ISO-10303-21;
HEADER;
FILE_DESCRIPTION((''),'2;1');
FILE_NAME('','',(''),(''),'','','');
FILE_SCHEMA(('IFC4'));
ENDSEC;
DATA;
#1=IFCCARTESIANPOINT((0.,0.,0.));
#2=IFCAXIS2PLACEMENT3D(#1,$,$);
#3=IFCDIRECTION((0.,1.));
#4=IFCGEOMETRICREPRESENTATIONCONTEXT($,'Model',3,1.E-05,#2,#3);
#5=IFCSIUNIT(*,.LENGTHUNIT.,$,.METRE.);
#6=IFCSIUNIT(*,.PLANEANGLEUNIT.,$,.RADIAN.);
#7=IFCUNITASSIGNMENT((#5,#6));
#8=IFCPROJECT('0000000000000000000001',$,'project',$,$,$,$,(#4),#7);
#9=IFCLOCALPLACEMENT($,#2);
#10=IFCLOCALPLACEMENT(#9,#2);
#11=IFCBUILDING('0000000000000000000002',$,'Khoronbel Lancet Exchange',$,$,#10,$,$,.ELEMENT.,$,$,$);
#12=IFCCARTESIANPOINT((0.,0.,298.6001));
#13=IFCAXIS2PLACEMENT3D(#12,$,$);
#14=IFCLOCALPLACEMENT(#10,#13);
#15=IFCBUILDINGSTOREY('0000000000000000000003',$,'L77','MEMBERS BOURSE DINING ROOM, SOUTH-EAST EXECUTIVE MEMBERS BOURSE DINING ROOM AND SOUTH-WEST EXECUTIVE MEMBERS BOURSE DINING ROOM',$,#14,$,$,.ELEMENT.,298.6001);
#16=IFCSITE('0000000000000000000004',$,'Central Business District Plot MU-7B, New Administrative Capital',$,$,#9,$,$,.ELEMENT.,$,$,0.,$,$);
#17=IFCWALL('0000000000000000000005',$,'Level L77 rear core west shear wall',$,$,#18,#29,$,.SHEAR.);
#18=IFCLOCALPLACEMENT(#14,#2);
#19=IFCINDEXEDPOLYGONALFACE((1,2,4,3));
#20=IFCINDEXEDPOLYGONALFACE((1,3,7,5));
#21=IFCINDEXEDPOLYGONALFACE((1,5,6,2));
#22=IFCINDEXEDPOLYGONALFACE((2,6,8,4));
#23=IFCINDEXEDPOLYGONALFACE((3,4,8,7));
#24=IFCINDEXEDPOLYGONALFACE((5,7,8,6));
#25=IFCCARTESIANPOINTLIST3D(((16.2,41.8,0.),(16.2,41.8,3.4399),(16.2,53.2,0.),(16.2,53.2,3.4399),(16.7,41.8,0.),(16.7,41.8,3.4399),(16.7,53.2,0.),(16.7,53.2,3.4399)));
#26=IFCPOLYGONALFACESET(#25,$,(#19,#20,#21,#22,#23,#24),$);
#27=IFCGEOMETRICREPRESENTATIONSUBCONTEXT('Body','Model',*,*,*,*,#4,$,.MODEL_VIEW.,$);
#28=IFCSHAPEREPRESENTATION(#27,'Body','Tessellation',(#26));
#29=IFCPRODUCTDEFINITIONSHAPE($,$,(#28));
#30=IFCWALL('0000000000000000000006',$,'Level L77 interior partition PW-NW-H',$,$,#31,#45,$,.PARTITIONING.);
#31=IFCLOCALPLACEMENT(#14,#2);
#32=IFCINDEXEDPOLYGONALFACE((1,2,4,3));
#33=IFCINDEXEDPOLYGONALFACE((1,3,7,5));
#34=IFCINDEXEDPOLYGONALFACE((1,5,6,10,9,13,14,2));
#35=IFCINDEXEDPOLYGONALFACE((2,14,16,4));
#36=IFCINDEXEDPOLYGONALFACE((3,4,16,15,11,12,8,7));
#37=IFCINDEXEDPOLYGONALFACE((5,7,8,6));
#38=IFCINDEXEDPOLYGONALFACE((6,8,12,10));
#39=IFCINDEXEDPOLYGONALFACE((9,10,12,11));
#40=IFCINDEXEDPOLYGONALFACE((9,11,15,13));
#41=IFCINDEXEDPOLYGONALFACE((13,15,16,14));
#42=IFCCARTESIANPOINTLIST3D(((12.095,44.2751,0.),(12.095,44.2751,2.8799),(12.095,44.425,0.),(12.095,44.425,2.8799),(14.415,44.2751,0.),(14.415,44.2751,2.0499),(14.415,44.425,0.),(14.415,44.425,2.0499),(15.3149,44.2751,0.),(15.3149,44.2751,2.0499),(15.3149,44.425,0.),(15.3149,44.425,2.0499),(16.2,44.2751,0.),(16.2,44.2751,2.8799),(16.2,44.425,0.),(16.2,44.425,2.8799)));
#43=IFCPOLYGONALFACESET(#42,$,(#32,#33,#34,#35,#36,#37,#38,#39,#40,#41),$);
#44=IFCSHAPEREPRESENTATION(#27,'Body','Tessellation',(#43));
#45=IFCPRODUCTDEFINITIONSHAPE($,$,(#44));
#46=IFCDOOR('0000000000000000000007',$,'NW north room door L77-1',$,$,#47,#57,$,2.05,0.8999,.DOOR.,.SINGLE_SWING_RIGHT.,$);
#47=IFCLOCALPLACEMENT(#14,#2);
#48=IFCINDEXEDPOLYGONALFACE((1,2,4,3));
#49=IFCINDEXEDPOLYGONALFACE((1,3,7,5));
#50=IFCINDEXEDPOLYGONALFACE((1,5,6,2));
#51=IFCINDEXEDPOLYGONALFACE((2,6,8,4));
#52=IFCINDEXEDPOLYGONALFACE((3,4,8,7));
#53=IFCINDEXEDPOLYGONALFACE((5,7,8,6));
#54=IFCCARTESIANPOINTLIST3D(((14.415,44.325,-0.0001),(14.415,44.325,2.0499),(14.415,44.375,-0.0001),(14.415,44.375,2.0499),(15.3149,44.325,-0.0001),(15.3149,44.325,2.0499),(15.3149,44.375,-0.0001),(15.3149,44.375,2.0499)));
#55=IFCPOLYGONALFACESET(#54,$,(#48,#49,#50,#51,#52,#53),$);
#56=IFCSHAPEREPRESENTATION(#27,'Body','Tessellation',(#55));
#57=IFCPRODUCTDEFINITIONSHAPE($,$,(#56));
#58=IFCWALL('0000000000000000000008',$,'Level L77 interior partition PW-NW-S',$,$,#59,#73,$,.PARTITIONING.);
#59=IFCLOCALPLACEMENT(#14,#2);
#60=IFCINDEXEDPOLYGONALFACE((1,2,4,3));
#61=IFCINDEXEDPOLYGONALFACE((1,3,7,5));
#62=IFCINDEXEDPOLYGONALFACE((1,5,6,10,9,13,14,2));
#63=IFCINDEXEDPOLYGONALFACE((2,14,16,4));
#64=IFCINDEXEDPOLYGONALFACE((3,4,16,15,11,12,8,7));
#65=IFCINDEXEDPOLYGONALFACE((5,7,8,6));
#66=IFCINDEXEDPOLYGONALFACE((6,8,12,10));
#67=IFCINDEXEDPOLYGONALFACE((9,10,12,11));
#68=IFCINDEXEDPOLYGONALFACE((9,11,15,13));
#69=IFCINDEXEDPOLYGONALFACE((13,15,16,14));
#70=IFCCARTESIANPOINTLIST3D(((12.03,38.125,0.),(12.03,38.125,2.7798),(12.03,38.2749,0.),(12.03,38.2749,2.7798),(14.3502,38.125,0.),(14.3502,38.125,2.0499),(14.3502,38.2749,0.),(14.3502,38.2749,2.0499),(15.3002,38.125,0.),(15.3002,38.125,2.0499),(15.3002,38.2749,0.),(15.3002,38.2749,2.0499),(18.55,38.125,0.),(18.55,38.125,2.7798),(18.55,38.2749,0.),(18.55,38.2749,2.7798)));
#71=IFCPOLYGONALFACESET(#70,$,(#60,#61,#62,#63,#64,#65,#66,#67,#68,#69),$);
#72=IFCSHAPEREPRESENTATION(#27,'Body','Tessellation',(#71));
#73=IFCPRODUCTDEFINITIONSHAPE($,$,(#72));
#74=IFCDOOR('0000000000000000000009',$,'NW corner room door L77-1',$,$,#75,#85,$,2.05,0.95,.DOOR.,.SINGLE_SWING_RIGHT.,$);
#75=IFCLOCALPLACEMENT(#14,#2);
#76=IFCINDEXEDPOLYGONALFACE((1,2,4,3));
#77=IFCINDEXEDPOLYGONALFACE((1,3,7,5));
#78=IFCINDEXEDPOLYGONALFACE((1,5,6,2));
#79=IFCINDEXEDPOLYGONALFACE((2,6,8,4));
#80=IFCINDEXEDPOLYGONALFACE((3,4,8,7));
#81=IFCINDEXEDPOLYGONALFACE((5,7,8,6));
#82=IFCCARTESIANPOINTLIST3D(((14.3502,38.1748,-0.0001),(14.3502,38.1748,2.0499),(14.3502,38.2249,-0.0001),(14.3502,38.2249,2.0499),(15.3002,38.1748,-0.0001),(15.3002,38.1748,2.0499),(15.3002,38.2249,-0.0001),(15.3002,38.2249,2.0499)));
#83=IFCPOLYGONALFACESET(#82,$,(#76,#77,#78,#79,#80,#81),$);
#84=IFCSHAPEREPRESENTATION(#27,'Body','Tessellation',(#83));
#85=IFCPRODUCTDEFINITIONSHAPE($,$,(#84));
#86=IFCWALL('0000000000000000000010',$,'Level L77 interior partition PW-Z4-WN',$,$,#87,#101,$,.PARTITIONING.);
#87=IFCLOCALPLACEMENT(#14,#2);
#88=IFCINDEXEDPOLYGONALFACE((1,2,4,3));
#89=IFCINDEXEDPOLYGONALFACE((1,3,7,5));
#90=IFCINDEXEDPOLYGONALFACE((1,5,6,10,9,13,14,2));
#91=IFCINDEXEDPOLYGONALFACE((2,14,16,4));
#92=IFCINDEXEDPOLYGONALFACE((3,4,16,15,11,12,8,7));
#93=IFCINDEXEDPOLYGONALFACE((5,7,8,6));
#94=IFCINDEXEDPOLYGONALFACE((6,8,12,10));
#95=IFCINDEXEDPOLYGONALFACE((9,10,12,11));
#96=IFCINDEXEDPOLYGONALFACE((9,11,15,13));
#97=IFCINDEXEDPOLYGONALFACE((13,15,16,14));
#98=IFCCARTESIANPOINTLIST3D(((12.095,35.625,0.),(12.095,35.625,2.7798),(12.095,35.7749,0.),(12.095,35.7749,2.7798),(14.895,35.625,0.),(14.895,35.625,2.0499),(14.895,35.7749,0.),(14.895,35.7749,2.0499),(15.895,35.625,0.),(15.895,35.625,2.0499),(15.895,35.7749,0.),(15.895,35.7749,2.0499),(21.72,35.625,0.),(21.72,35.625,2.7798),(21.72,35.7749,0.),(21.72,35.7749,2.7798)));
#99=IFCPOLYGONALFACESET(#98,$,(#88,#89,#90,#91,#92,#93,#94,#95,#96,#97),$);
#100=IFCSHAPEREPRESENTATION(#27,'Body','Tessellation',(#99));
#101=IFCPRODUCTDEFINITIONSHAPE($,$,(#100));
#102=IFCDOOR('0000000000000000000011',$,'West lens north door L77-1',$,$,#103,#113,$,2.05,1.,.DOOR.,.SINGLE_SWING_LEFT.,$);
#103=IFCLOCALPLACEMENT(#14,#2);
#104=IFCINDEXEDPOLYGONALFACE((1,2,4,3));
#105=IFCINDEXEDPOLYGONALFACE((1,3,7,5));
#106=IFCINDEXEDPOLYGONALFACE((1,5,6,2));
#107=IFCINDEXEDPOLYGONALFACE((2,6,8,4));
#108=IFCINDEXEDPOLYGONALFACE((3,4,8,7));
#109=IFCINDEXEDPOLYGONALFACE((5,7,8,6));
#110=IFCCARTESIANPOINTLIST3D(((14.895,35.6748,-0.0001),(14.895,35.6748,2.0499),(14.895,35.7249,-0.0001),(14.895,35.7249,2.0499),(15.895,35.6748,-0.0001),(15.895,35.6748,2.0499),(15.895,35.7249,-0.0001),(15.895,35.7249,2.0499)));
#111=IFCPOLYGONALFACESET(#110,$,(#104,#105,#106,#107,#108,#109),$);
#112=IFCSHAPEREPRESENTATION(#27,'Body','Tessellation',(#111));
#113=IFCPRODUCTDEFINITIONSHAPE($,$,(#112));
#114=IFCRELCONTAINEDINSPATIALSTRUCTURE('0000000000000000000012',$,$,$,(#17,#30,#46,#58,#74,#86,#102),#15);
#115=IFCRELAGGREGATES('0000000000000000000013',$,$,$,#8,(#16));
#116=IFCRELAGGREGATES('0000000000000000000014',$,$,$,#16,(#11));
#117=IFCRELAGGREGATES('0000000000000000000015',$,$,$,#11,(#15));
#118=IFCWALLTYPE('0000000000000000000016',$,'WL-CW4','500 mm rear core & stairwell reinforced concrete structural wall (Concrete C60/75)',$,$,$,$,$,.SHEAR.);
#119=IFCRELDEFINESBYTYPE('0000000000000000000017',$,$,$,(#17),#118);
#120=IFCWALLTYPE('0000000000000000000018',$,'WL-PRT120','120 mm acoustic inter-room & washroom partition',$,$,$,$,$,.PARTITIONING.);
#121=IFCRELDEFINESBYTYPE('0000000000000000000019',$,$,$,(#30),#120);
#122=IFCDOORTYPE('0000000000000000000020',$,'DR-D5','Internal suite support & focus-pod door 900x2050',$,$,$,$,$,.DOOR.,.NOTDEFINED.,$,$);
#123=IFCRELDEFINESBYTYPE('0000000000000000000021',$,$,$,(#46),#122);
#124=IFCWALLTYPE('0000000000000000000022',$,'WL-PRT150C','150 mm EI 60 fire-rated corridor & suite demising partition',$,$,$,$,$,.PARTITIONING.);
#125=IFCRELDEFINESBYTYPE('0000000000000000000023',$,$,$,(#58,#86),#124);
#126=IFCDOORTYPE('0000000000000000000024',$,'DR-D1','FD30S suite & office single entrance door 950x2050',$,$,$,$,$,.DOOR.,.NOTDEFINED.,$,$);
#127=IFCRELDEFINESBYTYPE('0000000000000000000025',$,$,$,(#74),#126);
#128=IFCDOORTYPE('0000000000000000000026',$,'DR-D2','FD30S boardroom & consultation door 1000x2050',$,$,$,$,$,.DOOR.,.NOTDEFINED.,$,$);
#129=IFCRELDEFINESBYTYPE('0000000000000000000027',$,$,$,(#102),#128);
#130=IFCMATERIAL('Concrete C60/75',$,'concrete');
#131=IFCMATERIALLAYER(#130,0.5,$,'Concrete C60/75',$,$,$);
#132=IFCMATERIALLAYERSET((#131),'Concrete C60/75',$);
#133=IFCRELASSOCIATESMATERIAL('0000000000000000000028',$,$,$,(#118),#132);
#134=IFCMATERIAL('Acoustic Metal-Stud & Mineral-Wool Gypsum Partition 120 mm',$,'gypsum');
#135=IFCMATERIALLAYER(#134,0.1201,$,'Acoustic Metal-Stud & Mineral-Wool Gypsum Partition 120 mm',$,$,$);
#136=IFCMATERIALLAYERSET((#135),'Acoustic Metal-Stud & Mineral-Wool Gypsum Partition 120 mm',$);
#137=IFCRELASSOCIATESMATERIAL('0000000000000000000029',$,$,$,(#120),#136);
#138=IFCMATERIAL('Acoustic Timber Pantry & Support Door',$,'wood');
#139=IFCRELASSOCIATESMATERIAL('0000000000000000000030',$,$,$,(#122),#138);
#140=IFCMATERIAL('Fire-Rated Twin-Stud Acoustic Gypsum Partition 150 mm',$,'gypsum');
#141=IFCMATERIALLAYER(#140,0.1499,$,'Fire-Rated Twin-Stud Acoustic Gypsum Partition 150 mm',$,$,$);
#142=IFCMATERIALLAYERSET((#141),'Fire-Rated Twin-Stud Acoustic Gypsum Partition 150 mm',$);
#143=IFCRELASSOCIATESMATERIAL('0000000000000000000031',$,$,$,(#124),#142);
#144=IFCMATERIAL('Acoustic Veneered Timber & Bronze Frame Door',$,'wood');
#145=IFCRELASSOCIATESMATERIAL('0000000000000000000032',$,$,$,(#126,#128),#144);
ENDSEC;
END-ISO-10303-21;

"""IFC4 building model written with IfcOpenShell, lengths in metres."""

from ifc_helpers import new_model, si_unit, direction, frame, frame_2d, origin, place, context, subcontext, project, spatial, rectangle, extrude, material, layer, layer_set, type_object, element, fill, save


model = new_model("IFC4")

# Units and contexts
model_context = context("Model", 3, precision=1e-05, world=origin(), true_north=direction((0.0, 1.0)))
body_context = subcontext(model_context, "Body", "Model", "MODEL_VIEW")
ifc_project = project(units=[si_unit("LENGTHUNIT", "METRE"), si_unit("PLANEANGLEUNIT", "RADIAN")], contexts=[model_context])

# Site, building, storey
site_placement = place(None, origin())
site = spatial("IfcSite", under=ifc_project, at=site_placement, Name="Central Business District Plot MU-7B, New Administrative Capital", CompositionType="ELEMENT", RefElevation=0.0)
building_placement = place(site_placement, origin())
building = spatial("IfcBuilding", under=site, at=building_placement, Name="Khoronbel Lancet Exchange", CompositionType="ELEMENT")
storey_placement = place(building_placement, frame((0.0, 0.0, 298.6001)))
storey = spatial("IfcBuildingStorey", under=building, at=storey_placement, Name="L77", Description="MEMBERS BOURSE DINING ROOM, SOUTH-EAST EXECUTIVE MEMBERS BOURSE DINING ROOM AND SOUTH-WEST EXECUTIVE MEMBERS BOURSE DINING ROOM", CompositionType="ELEMENT", Elevation=298.6001)

# Wall
ifc_material_1 = material(Name="Concrete C60/75", Category="concrete")
ifc_layer_1 = layer(ifc_material_1, 0.5, Name="Concrete C60/75")
ifc_layer_set_1 = layer_set([ifc_layer_1], Name="Concrete C60/75")
wall_type_1 = type_object("IfcWallType", Name="WL-CW4", Description="500 mm rear core & stairwell reinforced concrete structural wall (Concrete C60/75)", PredefinedType="SHEAR", material=ifc_layer_set_1)
wall_1_placement = place(storey_placement, frame((16.45, 41.8, 0.0), z_axis=(0.0, 0.0, 1.0), x_axis=(0.0, 1.0, 0.0)))
element("IfcWall", 1, at=wall_1_placement, inside=storey, type_object=wall_type_1, Name="Level L77 rear core west shear wall", PredefinedType="SHEAR", context=body_context, shape_type="SweptSolid", body=[
    extrude(rectangle(XDim=11.3999, YDim=0.5, at=frame_2d((5.7, 0.0))), origin(), (0.0, 0.0, 1.0), 3.4399),
])

# Walls, openings, doors
ifc_material_2 = material(Name="Acoustic Metal-Stud & Mineral-Wool Gypsum Partition 120 mm", Category="gypsum")
ifc_layer_2 = layer(ifc_material_2, 0.1201, Name="Acoustic Metal-Stud & Mineral-Wool Gypsum Partition 120 mm")
ifc_layer_set_2 = layer_set([ifc_layer_2], Name="Acoustic Metal-Stud & Mineral-Wool Gypsum Partition 120 mm")
wall_type_2 = type_object("IfcWallType", Name="WL-PRT120", Description="120 mm acoustic inter-room & washroom partition", PredefinedType="PARTITIONING", material=ifc_layer_set_2)
wall_2_placement = place(storey_placement, frame((12.095, 44.3501, 0.0), z_axis=(0.0, 0.0, 1.0), x_axis=(1.0, 0.0, 0.0)))
wall_2 = element("IfcWall", 2, at=wall_2_placement, inside=storey, type_object=wall_type_2, Name="Level L77 interior partition PW-NW-H", PredefinedType="PARTITIONING", context=body_context, shape_type="SweptSolid", body=[
    extrude(rectangle(XDim=4.105, YDim=0.1499, at=frame_2d((2.0525, 0.0))), origin(), (0.0, 0.0, 1.0), 2.8799),
])
opening_1_placement = place(wall_2_placement, frame((2.3201, 0.0, 0.0)))
opening_1 = element("IfcOpeningElement", 3, at=opening_1_placement, cuts=wall_2, PredefinedType="OPENING", context=body_context, shape_type="SweptSolid", body=[
    extrude(rectangle(XDim=0.8999, YDim=2.05, at=frame_2d((0.45, 1.0249))), frame((0.0, 0.085, 0.0), z_axis=(0.0, -1.0, 0.0), x_axis=(1.0, 0.0, 0.0)), (0.0, 0.0, 1.0), 0.1699),
])
ifc_material_3 = material(Name="Acoustic Timber Pantry & Support Door", Category="wood")
door_type_1 = type_object("IfcDoorType", Name="DR-D5", Description="Internal suite support & focus-pod door 900x2050", OperationType="NOTDEFINED", PredefinedType="DOOR", material=ifc_material_3)
door_1_placement = place(opening_1_placement, origin())
door_1 = element("IfcDoor", 4, at=door_1_placement, inside=storey, type_object=door_type_1, Name="NW north room door L77-1", OperationType="SINGLE_SWING_RIGHT", OverallHeight=2.05, OverallWidth=0.8999, PredefinedType="DOOR", context=body_context, shape_type="SweptSolid", body=[
    extrude(rectangle(XDim=0.8999, YDim=2.05, at=frame_2d((0.45, 1.0249))), frame((0.0, 0.0249, 0.0), z_axis=(0.0, -1.0, 0.0), x_axis=(1.0, 0.0, 0.0)), (0.0, 0.0, 1.0), 0.05),
])
fill(opening_1, door_1)
ifc_material_4 = material(Name="Fire-Rated Twin-Stud Acoustic Gypsum Partition 150 mm", Category="gypsum")
ifc_layer_3 = layer(ifc_material_4, 0.1499, Name="Fire-Rated Twin-Stud Acoustic Gypsum Partition 150 mm")
ifc_layer_set_3 = layer_set([ifc_layer_3], Name="Fire-Rated Twin-Stud Acoustic Gypsum Partition 150 mm")
wall_type_3 = type_object("IfcWallType", Name="WL-PRT150C", Description="150 mm EI 60 fire-rated corridor & suite demising partition", PredefinedType="PARTITIONING", material=ifc_layer_set_3)
wall_3_placement = place(storey_placement, frame((12.03, 38.2, 0.0), z_axis=(0.0, 0.0, 1.0), x_axis=(1.0, 0.0, 0.0)))
wall_3 = element("IfcWall", 5, at=wall_3_placement, inside=storey, type_object=wall_type_3, Name="Level L77 interior partition PW-NW-S", PredefinedType="PARTITIONING", context=body_context, shape_type="SweptSolid", body=[
    extrude(rectangle(XDim=6.52, YDim=0.1499, at=frame_2d((3.26, 0.0))), origin(), (0.0, 0.0, 1.0), 2.7798),
])
opening_2_placement = place(wall_3_placement, frame((2.3201, 0.0, 0.0)))
opening_2 = element("IfcOpeningElement", 6, at=opening_2_placement, cuts=wall_3, PredefinedType="OPENING", context=body_context, shape_type="SweptSolid", body=[
    extrude(rectangle(XDim=0.95, YDim=2.05, at=frame_2d((0.4751, 1.0249))), frame((0.0, 0.085, 0.0), z_axis=(0.0, -1.0, 0.0), x_axis=(1.0, 0.0, 0.0)), (0.0, 0.0, 1.0), 0.1699),
])
ifc_material_5 = material(Name="Acoustic Veneered Timber & Bronze Frame Door", Category="wood")
door_type_2 = type_object("IfcDoorType", Name="DR-D1", Description="FD30S suite & office single entrance door 950x2050", OperationType="NOTDEFINED", PredefinedType="DOOR", material=ifc_material_5)
door_2_placement = place(opening_2_placement, origin())
door_2 = element("IfcDoor", 7, at=door_2_placement, inside=storey, type_object=door_type_2, Name="NW corner room door L77-1", OperationType="SINGLE_SWING_RIGHT", OverallHeight=2.05, OverallWidth=0.95, PredefinedType="DOOR", context=body_context, shape_type="SweptSolid", body=[
    extrude(rectangle(XDim=0.95, YDim=2.05, at=frame_2d((0.4751, 1.0249))), frame((0.0, 0.0249, 0.0), z_axis=(0.0, -1.0, 0.0), x_axis=(1.0, 0.0, 0.0)), (0.0, 0.0, 1.0), 0.05),
])
fill(opening_2, door_2)
wall_4_placement = place(storey_placement, frame((12.095, 35.7, 0.0), z_axis=(0.0, 0.0, 1.0), x_axis=(1.0, 0.0, 0.0)))
wall_4 = element("IfcWall", 8, at=wall_4_placement, inside=storey, type_object=wall_type_3, Name="Level L77 interior partition PW-Z4-WN", PredefinedType="PARTITIONING", context=body_context, shape_type="SweptSolid", body=[
    extrude(rectangle(XDim=9.625, YDim=0.1499, at=frame_2d((4.8125, 0.0))), origin(), (0.0, 0.0, 1.0), 2.7798),
])
opening_3_placement = place(wall_4_placement, frame((2.8, 0.0, 0.0)))
opening_3 = element("IfcOpeningElement", 9, at=opening_3_placement, cuts=wall_4, PredefinedType="OPENING", context=body_context, shape_type="SweptSolid", body=[
    extrude(rectangle(XDim=1.0, YDim=2.05, at=frame_2d((0.5, 1.0249))), frame((0.0, 0.085, 0.0), z_axis=(0.0, -1.0, 0.0), x_axis=(1.0, 0.0, 0.0)), (0.0, 0.0, 1.0), 0.1699),
])
door_type_3 = type_object("IfcDoorType", Name="DR-D2", Description="FD30S boardroom & consultation door 1000x2050", OperationType="NOTDEFINED", PredefinedType="DOOR", material=ifc_material_5)
door_3_placement = place(opening_3_placement, origin())
door_3 = element("IfcDoor", 10, at=door_3_placement, inside=storey, type_object=door_type_3, Name="West lens north door L77-1", OperationType="SINGLE_SWING_LEFT", OverallHeight=2.05, OverallWidth=1.0, PredefinedType="DOOR", context=body_context, shape_type="SweptSolid", body=[
    extrude(rectangle(XDim=1.0, YDim=2.05, at=frame_2d((0.5, 1.0249))), frame((0.0, 0.0249, 0.0), z_axis=(0.0, -1.0, 0.0), x_axis=(1.0, 0.0, 0.0)), (0.0, 0.0, 1.0), 0.05),
])
fill(opening_3, door_3)

save(model, "model.ifc")
